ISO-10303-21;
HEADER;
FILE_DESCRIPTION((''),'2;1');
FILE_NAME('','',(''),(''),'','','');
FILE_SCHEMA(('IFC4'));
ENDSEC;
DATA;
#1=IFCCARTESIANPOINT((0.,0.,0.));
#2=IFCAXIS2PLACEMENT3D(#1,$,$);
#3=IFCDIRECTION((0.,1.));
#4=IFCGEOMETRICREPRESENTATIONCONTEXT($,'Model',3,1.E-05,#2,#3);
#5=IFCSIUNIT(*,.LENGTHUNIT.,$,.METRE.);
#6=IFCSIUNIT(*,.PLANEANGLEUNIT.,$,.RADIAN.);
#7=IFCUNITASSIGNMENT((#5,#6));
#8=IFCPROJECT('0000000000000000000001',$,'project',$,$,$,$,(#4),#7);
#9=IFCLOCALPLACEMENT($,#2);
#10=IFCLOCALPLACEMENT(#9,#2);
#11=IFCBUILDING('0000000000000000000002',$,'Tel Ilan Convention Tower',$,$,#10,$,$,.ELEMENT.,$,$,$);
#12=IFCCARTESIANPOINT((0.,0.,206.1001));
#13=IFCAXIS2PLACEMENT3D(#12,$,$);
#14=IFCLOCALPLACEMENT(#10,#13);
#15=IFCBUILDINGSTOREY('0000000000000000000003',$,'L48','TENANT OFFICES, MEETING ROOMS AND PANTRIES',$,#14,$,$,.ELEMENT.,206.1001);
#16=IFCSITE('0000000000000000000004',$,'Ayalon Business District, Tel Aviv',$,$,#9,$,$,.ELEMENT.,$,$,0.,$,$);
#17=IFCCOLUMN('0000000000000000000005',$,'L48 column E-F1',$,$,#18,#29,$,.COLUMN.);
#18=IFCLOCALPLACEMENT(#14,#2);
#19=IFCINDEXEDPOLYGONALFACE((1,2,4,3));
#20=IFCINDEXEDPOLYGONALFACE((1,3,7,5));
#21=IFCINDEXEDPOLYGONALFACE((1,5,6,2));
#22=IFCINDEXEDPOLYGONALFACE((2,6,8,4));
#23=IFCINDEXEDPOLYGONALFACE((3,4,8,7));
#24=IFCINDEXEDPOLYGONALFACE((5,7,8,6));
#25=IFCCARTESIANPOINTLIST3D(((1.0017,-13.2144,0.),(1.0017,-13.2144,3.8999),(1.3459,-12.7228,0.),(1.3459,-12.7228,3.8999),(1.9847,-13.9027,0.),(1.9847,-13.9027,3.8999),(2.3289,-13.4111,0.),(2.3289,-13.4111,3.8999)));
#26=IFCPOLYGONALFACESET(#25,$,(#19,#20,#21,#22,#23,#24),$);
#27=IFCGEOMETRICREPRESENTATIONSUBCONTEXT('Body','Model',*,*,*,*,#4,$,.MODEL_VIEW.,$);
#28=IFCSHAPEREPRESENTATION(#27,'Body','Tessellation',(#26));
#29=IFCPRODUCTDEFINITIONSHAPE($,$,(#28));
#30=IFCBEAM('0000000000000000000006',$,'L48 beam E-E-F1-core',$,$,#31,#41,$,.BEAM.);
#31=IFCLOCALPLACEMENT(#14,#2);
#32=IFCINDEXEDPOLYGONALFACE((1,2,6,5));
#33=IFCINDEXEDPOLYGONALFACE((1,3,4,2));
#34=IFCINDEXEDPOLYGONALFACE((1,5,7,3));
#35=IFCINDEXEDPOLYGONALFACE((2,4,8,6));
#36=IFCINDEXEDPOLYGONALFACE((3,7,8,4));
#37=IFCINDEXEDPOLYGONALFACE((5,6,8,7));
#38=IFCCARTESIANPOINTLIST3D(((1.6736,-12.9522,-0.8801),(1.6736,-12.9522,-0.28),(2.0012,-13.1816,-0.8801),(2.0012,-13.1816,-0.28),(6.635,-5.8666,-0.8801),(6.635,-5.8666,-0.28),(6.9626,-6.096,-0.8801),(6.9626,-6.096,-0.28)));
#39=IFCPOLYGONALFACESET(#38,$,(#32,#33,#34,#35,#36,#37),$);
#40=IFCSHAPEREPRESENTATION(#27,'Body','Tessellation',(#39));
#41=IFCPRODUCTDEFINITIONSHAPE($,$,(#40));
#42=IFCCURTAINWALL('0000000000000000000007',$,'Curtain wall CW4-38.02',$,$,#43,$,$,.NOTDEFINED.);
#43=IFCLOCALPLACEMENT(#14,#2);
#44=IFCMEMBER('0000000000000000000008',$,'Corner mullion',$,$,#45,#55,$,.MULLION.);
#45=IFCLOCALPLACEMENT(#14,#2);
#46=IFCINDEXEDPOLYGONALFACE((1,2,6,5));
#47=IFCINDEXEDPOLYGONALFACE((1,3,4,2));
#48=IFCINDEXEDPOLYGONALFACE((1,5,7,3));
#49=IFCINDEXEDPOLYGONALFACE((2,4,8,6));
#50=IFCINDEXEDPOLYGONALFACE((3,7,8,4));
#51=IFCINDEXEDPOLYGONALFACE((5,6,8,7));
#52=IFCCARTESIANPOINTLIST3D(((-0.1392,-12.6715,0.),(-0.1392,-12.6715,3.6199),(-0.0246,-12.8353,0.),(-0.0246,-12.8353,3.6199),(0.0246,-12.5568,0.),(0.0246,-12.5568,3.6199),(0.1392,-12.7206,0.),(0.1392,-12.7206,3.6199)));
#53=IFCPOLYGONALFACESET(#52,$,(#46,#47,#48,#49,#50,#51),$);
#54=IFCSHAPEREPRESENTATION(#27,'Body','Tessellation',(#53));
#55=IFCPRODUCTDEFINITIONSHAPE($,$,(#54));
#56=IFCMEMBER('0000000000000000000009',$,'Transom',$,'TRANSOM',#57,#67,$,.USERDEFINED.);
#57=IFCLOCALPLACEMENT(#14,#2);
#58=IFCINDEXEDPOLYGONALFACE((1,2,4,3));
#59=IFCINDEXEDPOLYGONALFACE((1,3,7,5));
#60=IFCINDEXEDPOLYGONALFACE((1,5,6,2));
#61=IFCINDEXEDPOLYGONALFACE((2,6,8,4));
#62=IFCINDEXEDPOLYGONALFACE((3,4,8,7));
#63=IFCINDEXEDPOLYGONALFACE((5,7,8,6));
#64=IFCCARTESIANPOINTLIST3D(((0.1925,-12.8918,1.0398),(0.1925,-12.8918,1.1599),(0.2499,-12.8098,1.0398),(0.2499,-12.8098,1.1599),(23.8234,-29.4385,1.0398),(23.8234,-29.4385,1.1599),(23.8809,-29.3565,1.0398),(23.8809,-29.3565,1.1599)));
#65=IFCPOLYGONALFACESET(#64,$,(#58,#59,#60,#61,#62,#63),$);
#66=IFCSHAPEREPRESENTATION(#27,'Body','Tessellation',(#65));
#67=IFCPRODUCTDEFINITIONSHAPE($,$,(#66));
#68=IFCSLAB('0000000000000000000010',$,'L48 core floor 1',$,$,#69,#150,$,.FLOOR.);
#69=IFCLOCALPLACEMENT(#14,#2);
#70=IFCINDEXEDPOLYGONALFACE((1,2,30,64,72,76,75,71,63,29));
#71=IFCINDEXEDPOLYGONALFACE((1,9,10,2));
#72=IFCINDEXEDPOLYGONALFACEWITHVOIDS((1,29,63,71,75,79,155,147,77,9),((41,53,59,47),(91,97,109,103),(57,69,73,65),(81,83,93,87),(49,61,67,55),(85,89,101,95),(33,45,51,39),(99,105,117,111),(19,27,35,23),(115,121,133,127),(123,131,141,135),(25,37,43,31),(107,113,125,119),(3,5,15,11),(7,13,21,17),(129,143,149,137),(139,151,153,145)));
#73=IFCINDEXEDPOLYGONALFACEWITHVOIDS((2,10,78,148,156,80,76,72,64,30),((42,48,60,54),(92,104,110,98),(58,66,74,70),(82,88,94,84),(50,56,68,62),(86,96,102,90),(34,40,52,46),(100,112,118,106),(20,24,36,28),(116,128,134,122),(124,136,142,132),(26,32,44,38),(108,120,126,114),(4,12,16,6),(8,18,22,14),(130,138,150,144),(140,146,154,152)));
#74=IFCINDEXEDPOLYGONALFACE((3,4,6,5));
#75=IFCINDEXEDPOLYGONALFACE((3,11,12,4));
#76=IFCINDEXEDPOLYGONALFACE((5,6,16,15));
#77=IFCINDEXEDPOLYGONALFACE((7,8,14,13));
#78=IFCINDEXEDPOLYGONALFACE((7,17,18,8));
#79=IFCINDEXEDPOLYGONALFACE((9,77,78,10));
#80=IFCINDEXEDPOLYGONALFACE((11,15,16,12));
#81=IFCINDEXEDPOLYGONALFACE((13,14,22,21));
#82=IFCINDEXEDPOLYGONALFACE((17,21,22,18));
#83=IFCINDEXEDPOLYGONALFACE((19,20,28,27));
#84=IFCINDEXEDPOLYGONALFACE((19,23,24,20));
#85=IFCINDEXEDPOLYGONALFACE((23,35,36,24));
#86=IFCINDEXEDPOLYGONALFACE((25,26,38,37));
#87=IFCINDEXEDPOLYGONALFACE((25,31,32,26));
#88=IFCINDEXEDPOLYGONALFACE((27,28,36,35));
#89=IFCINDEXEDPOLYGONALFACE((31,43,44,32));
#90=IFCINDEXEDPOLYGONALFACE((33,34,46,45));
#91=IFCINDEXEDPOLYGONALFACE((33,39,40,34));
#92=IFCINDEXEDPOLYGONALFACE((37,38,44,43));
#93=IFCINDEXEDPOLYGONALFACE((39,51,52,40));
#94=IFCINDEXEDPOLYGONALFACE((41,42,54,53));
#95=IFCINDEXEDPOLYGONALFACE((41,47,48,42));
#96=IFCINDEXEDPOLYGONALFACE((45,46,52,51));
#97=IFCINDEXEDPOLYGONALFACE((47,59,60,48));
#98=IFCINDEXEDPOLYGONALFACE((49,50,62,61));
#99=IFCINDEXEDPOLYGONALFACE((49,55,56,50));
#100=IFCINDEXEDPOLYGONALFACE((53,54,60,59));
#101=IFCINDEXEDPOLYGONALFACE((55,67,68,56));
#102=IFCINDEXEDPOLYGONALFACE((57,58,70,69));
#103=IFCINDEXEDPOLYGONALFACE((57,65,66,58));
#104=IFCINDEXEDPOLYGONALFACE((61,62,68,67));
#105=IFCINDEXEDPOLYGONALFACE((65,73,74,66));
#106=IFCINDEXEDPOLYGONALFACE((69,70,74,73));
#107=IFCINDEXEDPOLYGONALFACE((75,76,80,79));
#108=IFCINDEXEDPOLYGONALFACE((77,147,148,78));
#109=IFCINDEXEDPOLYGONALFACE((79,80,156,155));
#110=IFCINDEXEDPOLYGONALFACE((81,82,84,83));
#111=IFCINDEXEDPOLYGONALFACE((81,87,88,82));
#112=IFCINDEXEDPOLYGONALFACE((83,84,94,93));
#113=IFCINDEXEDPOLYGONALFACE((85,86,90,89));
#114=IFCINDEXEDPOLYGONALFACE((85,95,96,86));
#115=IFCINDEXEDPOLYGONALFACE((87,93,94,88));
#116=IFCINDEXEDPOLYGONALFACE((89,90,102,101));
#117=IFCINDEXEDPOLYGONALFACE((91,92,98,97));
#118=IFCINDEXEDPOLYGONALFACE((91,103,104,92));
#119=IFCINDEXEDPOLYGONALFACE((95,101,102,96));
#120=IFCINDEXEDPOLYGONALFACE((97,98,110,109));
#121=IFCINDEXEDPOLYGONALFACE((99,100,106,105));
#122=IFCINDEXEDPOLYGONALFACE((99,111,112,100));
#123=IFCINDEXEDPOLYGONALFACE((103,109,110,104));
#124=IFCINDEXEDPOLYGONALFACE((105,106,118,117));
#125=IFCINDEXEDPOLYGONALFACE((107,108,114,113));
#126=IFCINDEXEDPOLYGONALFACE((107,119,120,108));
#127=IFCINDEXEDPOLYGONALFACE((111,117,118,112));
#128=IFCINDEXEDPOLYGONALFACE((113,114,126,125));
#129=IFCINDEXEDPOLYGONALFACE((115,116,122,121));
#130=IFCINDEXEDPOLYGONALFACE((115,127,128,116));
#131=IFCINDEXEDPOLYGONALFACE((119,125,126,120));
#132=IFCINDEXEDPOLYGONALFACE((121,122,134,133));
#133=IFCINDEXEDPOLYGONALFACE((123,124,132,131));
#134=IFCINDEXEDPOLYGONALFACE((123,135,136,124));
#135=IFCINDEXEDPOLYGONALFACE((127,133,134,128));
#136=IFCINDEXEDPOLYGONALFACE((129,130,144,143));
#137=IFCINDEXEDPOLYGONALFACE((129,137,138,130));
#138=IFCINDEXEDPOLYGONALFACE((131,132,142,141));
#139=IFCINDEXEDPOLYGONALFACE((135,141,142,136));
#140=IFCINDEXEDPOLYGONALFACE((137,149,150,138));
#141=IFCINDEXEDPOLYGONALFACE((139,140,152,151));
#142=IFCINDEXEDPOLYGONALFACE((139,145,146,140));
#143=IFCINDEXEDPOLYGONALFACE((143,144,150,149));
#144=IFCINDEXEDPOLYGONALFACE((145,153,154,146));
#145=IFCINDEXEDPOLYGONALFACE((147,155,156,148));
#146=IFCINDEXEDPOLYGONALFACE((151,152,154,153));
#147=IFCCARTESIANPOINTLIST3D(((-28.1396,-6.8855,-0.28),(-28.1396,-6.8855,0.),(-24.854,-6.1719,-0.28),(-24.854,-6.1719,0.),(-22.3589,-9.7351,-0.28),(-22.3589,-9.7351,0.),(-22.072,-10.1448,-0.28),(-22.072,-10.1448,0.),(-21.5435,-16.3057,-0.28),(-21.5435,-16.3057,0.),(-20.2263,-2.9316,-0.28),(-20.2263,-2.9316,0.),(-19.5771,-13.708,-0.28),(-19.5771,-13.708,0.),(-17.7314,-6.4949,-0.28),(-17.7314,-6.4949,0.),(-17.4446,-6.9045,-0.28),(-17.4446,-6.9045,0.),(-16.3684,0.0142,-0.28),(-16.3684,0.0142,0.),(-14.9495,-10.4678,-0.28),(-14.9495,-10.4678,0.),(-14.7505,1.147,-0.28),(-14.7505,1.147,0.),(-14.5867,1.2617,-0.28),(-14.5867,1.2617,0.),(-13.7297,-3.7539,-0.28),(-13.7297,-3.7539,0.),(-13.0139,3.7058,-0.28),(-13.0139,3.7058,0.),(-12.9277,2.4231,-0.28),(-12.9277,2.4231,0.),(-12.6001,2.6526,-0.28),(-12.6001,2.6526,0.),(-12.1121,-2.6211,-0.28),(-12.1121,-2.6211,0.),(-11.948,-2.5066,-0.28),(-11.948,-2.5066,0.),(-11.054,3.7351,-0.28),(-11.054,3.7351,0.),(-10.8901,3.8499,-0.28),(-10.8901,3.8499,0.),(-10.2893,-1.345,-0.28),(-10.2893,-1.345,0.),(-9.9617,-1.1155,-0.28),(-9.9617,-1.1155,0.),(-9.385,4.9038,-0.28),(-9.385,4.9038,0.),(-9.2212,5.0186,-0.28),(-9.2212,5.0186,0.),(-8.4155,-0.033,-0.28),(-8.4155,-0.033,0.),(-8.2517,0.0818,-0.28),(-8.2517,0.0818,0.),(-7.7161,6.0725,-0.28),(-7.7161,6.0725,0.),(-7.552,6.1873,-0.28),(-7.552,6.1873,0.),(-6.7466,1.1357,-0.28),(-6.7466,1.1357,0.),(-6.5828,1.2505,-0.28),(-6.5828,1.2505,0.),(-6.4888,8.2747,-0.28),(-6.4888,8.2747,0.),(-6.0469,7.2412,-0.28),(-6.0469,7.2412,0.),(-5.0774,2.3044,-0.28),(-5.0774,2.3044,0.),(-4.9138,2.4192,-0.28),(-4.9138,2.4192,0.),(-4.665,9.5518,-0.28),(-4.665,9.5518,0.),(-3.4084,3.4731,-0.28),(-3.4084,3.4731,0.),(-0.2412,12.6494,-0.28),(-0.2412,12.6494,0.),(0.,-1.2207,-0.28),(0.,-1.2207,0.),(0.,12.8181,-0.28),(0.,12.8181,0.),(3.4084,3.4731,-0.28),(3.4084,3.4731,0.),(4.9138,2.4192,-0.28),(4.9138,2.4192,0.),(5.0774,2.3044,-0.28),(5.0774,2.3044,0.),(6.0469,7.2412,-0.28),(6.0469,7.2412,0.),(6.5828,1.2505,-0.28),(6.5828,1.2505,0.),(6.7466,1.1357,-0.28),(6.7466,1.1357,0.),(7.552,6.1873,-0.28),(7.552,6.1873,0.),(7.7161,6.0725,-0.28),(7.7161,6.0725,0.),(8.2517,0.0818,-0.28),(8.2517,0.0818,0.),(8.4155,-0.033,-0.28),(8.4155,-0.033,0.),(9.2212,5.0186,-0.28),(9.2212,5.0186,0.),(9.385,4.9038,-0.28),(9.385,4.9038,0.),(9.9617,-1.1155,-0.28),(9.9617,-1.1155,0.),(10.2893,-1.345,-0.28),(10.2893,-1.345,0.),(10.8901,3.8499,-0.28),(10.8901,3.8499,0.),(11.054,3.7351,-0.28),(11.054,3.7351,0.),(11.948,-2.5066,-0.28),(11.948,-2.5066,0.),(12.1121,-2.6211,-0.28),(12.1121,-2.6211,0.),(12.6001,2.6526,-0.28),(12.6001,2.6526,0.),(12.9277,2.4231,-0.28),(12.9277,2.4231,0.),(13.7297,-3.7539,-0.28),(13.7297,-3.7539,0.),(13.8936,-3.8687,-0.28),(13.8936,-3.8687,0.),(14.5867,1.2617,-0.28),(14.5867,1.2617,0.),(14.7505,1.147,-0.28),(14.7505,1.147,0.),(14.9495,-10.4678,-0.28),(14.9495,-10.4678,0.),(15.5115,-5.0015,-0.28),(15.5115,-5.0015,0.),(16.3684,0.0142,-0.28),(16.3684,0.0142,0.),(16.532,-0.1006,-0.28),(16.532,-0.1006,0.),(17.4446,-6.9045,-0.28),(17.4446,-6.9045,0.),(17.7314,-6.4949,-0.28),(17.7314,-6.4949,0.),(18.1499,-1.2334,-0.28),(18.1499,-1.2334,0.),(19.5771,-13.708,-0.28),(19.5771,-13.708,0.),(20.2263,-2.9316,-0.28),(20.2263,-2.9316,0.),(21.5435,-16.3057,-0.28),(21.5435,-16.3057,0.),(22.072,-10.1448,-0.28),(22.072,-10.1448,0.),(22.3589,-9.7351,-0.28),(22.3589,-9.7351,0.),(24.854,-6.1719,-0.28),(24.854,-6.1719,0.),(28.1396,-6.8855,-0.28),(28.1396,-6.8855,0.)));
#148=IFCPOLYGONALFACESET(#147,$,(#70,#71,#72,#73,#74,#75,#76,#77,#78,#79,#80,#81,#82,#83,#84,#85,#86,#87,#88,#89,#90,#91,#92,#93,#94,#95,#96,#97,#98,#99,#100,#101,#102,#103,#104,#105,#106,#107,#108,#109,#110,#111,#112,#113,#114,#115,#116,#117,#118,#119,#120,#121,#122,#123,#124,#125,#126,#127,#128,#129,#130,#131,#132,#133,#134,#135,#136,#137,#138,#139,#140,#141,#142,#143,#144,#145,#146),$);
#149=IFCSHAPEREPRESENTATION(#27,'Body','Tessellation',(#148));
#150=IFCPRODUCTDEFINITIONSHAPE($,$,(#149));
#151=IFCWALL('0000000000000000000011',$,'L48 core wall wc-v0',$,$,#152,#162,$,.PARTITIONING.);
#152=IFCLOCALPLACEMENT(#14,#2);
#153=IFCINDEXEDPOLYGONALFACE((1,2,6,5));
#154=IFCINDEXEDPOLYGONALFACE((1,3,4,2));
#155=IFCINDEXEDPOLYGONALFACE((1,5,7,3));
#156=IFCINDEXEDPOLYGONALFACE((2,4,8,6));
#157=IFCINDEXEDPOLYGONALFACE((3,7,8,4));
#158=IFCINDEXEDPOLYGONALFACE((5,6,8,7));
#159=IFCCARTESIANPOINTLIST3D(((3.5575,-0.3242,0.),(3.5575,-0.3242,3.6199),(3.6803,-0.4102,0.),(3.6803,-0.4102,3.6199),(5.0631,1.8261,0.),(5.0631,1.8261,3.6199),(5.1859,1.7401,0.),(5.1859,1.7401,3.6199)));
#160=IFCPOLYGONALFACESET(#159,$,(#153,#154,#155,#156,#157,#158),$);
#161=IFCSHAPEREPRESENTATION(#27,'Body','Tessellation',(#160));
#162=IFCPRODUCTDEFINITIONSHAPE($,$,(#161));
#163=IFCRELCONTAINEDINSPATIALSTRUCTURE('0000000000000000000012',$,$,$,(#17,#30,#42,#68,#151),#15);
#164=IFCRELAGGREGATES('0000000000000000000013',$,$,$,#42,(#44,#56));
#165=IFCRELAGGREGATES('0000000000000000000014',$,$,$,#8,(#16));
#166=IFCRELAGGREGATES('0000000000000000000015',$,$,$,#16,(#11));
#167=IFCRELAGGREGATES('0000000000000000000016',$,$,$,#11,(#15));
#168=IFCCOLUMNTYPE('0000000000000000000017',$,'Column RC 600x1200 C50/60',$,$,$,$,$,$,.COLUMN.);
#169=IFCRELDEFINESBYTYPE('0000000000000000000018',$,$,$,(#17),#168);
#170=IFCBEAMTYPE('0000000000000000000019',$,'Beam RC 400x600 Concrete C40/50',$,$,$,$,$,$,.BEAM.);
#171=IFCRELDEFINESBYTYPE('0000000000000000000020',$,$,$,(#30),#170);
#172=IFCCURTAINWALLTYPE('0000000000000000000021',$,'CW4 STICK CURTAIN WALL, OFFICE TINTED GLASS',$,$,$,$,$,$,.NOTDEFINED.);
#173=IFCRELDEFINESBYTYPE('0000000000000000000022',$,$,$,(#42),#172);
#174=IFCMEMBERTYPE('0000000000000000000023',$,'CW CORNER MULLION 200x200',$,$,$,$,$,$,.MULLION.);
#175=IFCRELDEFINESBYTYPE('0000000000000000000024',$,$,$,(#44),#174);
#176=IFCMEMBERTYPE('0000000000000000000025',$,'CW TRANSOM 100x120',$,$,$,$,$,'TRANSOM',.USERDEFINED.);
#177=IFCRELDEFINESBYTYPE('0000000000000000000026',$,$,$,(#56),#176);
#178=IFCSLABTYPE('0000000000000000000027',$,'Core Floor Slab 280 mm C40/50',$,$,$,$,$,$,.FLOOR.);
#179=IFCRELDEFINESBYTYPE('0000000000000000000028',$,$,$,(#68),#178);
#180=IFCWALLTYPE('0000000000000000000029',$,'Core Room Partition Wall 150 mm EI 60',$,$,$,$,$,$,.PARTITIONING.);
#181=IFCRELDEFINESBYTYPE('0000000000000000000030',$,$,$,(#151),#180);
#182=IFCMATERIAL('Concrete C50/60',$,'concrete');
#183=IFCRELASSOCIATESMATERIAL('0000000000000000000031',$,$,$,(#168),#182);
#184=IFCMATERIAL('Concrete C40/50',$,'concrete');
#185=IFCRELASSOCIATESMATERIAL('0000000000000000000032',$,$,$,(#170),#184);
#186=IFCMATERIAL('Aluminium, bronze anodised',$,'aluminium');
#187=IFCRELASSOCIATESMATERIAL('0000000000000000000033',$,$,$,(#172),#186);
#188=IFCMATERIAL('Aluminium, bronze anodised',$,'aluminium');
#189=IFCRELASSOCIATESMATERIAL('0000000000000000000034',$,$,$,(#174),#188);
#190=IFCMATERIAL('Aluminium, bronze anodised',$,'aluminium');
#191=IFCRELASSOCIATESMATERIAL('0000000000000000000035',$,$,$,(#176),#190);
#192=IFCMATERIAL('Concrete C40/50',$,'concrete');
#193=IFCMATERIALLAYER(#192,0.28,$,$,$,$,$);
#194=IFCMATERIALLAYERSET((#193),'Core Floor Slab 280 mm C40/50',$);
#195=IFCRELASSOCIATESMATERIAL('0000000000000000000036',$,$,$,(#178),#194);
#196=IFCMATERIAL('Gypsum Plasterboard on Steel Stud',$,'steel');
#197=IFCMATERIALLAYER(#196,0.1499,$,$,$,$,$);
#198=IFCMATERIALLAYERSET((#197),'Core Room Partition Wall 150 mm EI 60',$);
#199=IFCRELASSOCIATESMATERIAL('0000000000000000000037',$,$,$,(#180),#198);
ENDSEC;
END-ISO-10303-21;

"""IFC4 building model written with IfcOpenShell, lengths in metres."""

from ifc_helpers import new_model, si_unit, direction, frame, frame_2d, origin, origin_2d, place, context, subcontext, project, spatial, polyline, rectangle, outline, extrude, material, layer, layer_set, material_profile, profile_set, type_object, element, aggregate, save


model = new_model("IFC4")

# Units and contexts
model_context = context("Model", 3, precision=1e-05, world=origin(), true_north=direction((0.0, 1.0)))
body_context = subcontext(model_context, "Body", "Model", "MODEL_VIEW")
ifc_project = project(units=[si_unit("LENGTHUNIT", "METRE"), si_unit("PLANEANGLEUNIT", "RADIAN")], contexts=[model_context])

# Site, building, storey
site_placement = place(None, origin())
site = spatial("IfcSite", under=ifc_project, at=site_placement, Name="Ayalon Business District, Tel Aviv", CompositionType="ELEMENT", RefElevation=0.0)
building_placement = place(site_placement, origin())
building = spatial("IfcBuilding", under=site, at=building_placement, Name="Tel Ilan Convention Tower", CompositionType="ELEMENT")
storey_placement = place(building_placement, frame((0.0, 0.0, 206.1001)))
storey = spatial("IfcBuildingStorey", under=building, at=storey_placement, Name="L48", Description="TENANT OFFICES, MEETING ROOMS AND PANTRIES", CompositionType="ELEMENT", Elevation=206.1001)

# Column
ifc_material_1 = material(Name="Concrete C50/60", Category="concrete")
ifc_material_profile_1 = material_profile(ifc_material_1, rectangle(XDim=1.2, YDim=0.6001, at=origin_2d()), Name="RC 600x1200")
ifc_profile_set_1 = profile_set([ifc_material_profile_1], Name="Concrete C50/60")
column_type = type_object("IfcColumnType", Name="Column RC 600x1200 C50/60", PredefinedType="COLUMN", material=ifc_profile_set_1)
column_placement = place(storey_placement, frame((1.6653, -13.3127, 0.0), z_axis=(0.0, 0.0, 1.0), x_axis=(0.819152, -0.573576, 0.0)))
element("IfcColumn", 1, at=column_placement, inside=storey, type_object=column_type, Name="L48 column E-F1", PredefinedType="COLUMN", context=body_context, shape_type="SweptSolid", body=[
    extrude(rectangle(XDim=1.2, YDim=0.6001, at=origin_2d()), origin(), (0.0, 0.0, 1.0), 3.8999),
])

# Beam
ifc_material_2 = material(Name="Concrete C40/50", Category="concrete")
ifc_material_profile_2 = material_profile(ifc_material_2, rectangle(XDim=0.3999, YDim=0.6001, at=origin_2d()), Name="RC 400x600")
ifc_profile_set_2 = profile_set([ifc_material_profile_2], Name="Concrete C40/50")
beam_type = type_object("IfcBeamType", Name="Beam RC 400x600 Concrete C40/50", PredefinedType="BEAM", material=ifc_profile_set_2)
beam_placement = place(storey_placement, frame((1.8374, -13.0669, -0.5801), z_axis=(0.573574, 0.819154, 0.0), x_axis=(-0.819154, 0.573574, 0.0)))
element("IfcBeam", 2, at=beam_placement, inside=storey, type_object=beam_type, Name="L48 beam E-E-F1-core", PredefinedType="BEAM", context=body_context, shape_type="SweptSolid", body=[
    extrude(rectangle(XDim=0.3999, YDim=0.6001, at=origin_2d()), origin(), (0.0, 0.0, 1.0), 8.6499),
])

# Curtain wall, members
ifc_material_3 = material(Name="Aluminium, bronze anodised", Category="aluminium")
curtain_wall_type = type_object("IfcCurtainWallType", Name="CW4 STICK CURTAIN WALL, OFFICE TINTED GLASS", PredefinedType="NOTDEFINED", material=ifc_material_3)
curtain_wall_placement = place(storey_placement, origin())
curtain_wall = element("IfcCurtainWall", 3, at=curtain_wall_placement, inside=storey, type_object=curtain_wall_type, Name="Curtain wall CW4-38.02", PredefinedType="NOTDEFINED")
ifc_material_4 = material(Name="Aluminium, bronze anodised", Category="aluminium")
ifc_material_profile_3 = material_profile(ifc_material_4, rectangle(XDim=0.2, YDim=0.2, at=origin_2d()), Name="CW CORNER MULLION 200x200")
ifc_profile_set_3 = profile_set([ifc_material_profile_3], Name="Aluminium, bronze anodised")
member_type_1 = type_object("IfcMemberType", Name="CW CORNER MULLION 200x200", PredefinedType="MULLION", material=ifc_profile_set_3)
member_1_placement = place(storey_placement, frame((0.0, -12.696, 0.0), z_axis=(0.0, 0.0, 1.0), x_axis=(0.819152, 0.573576, 0.0)))
member_1 = element("IfcMember", 4, at=member_1_placement, type_object=member_type_1, Name="Corner mullion", PredefinedType="MULLION", context=body_context, shape_type="SweptSolid", body=[
    extrude(rectangle(XDim=0.2, YDim=0.2, at=origin_2d()), origin(), (0.0, 0.0, 1.0), 3.6199),
])
ifc_material_5 = material(Name="Aluminium, bronze anodised", Category="aluminium")
ifc_material_profile_4 = material_profile(ifc_material_5, rectangle(XDim=0.1001, YDim=0.1201, at=origin_2d()), Name="CW TRANSOM 100x120")
ifc_profile_set_4 = profile_set([ifc_material_profile_4], Name="Aluminium, bronze anodised")
member_type_2 = type_object("IfcMemberType", Name="CW TRANSOM 100x120", ElementType="TRANSOM", PredefinedType="USERDEFINED", material=ifc_profile_set_4)
member_2_placement = place(storey_placement, frame((0.2212, -12.8508, 1.0999), z_axis=(0.81915, -0.573579, 0.0), x_axis=(0.573579, 0.81915, 0.0)))
member_2 = element("IfcMember", 5, at=member_2_placement, type_object=member_type_2, Name="Transom", ObjectType="TRANSOM", PredefinedType="USERDEFINED", context=body_context, shape_type="SweptSolid", body=[
    extrude(rectangle(XDim=0.1001, YDim=0.1201, at=origin_2d()), origin(), (0.0, 0.0, 1.0), 28.8481),
])
aggregate(curtain_wall, [member_1, member_2])

# Slab
ifc_material_6 = material(Name="Concrete C40/50", Category="concrete")
ifc_layer_1 = layer(ifc_material_6, 0.28)
ifc_layer_set_1 = layer_set([ifc_layer_1], Name="Core Floor Slab 280 mm C40/50")
slab_type = type_object("IfcSlabType", Name="Core Floor Slab 280 mm C40/50", PredefinedType="FLOOR", material=ifc_layer_set_1)
slab_placement = place(storey_placement, frame((0.0, 0.0, -0.28)))
element("IfcSlab", 6, at=slab_placement, inside=storey, type_object=slab_type, Name="L48 core floor 1", PredefinedType="FLOOR", context=body_context, shape_type="SweptSolid", body=[
    extrude(outline(polyline([(0.0, 12.8181), (28.1396, -6.8855), (21.5435, -16.3057), (0.0, -1.2207), (-21.5435, -16.3057), (-28.1396, -6.8855), (-13.0139, 3.7058), (-6.4888, 8.2747), (-4.665, 9.5518), (-0.2412, 12.6494), (0.0, 12.8181)]), holes=[polyline([(-14.9495, -10.4678), (-17.4446, -6.9045), (-22.072, -10.1448), (-19.5771, -13.708), (-14.9495, -10.4678)]), polyline([(-17.7314, -6.4949), (-20.2263, -2.9316), (-24.854, -6.1719), (-22.3589, -9.7351), (-17.7314, -6.4949)]), polyline([(-14.7505, 1.147), (-16.3684, 0.0142), (-13.7297, -3.7539), (-12.1121, -2.6211), (-14.7505, 1.147)]), polyline([(-12.9277, 2.4231), (-14.5867, 1.2617), (-11.948, -2.5066), (-10.2893, -1.345), (-12.9277, 2.4231)]), polyline([(-11.054, 3.7351), (-12.6001, 2.6526), (-9.9617, -1.1155), (-8.4155, -0.033), (-11.054, 3.7351)]), polyline([(-9.385, 4.9038), (-10.8901, 3.8499), (-8.2517, 0.0818), (-6.7466, 1.1357), (-9.385, 4.9038)]), polyline([(-7.7161, 6.0725), (-9.2212, 5.0186), (-6.5828, 1.2505), (-5.0774, 2.3044), (-7.7161, 6.0725)]), polyline([(-6.0469, 7.2412), (-7.552, 6.1873), (-4.9138, 2.4192), (-3.4084, 3.4731), (-6.0469, 7.2412)]), polyline([(4.9138, 2.4192), (7.552, 6.1873), (6.0469, 7.2412), (3.4084, 3.4731), (4.9138, 2.4192)]), polyline([(17.4446, -6.9045), (14.9495, -10.4678), (19.5771, -13.708), (22.072, -10.1448), (17.4446, -6.9045)]), polyline([(20.2263, -2.9316), (17.7314, -6.4949), (22.3589, -9.7351), (24.854, -6.1719), (20.2263, -2.9316)]), polyline([(15.5115, -5.0015), (18.1499, -1.2334), (16.532, -0.1006), (13.8936, -3.8687), (15.5115, -5.0015)]), polyline([(13.7297, -3.7539), (16.3684, 0.0142), (14.7505, 1.147), (12.1121, -2.6211), (13.7297, -3.7539)]), polyline([(11.948, -2.5066), (14.5867, 1.2617), (12.9277, 2.4231), (10.2893, -1.345), (11.948, -2.5066)]), polyline([(9.9617, -1.1155), (12.6001, 2.6526), (11.054, 3.7351), (8.4155, -0.033), (9.9617, -1.1155)]), polyline([(6.7466, 1.1357), (8.2517, 0.0818), (10.8901, 3.8499), (9.385, 4.9038), (6.7466, 1.1357)]), polyline([(5.0774, 2.3044), (6.5828, 1.2505), (9.2212, 5.0186), (7.7161, 6.0725), (5.0774, 2.3044)])]), origin(), (0.0, 0.0, 1.0), 0.28),
])

# Wall
ifc_material_7 = material(Name="Gypsum Plasterboard on Steel Stud", Category="steel")
ifc_layer_2 = layer(ifc_material_7, 0.1499)
ifc_layer_set_2 = layer_set([ifc_layer_2], Name="Core Room Partition Wall 150 mm EI 60")
wall_type_1 = type_object("IfcWallType", Name="Core Room Partition Wall 150 mm EI 60", PredefinedType="PARTITIONING", material=ifc_layer_set_2)
for number, where, z_axis, x_axis, name in (
    (7, (3.6189, -0.3672, 0.0), (0.0, 0.0, 1.0), (0.57355, 0.819171, 0.0), "L48 core wall wc-v0"),
):
    element("IfcWall", number, at=place(storey_placement, frame(where, z_axis=z_axis, x_axis=x_axis)), inside=storey, type_object=wall_type_1, Name=name, PredefinedType="PARTITIONING", context=body_context, shape_type="SweptSolid", body=[
        extrude(rectangle(XDim=2.625, YDim=0.1499, at=frame_2d((1.3125, 0.0))), origin(), (0.0, 0.0, 1.0), 3.6199),
    ])

save(model, "model.ifc")
